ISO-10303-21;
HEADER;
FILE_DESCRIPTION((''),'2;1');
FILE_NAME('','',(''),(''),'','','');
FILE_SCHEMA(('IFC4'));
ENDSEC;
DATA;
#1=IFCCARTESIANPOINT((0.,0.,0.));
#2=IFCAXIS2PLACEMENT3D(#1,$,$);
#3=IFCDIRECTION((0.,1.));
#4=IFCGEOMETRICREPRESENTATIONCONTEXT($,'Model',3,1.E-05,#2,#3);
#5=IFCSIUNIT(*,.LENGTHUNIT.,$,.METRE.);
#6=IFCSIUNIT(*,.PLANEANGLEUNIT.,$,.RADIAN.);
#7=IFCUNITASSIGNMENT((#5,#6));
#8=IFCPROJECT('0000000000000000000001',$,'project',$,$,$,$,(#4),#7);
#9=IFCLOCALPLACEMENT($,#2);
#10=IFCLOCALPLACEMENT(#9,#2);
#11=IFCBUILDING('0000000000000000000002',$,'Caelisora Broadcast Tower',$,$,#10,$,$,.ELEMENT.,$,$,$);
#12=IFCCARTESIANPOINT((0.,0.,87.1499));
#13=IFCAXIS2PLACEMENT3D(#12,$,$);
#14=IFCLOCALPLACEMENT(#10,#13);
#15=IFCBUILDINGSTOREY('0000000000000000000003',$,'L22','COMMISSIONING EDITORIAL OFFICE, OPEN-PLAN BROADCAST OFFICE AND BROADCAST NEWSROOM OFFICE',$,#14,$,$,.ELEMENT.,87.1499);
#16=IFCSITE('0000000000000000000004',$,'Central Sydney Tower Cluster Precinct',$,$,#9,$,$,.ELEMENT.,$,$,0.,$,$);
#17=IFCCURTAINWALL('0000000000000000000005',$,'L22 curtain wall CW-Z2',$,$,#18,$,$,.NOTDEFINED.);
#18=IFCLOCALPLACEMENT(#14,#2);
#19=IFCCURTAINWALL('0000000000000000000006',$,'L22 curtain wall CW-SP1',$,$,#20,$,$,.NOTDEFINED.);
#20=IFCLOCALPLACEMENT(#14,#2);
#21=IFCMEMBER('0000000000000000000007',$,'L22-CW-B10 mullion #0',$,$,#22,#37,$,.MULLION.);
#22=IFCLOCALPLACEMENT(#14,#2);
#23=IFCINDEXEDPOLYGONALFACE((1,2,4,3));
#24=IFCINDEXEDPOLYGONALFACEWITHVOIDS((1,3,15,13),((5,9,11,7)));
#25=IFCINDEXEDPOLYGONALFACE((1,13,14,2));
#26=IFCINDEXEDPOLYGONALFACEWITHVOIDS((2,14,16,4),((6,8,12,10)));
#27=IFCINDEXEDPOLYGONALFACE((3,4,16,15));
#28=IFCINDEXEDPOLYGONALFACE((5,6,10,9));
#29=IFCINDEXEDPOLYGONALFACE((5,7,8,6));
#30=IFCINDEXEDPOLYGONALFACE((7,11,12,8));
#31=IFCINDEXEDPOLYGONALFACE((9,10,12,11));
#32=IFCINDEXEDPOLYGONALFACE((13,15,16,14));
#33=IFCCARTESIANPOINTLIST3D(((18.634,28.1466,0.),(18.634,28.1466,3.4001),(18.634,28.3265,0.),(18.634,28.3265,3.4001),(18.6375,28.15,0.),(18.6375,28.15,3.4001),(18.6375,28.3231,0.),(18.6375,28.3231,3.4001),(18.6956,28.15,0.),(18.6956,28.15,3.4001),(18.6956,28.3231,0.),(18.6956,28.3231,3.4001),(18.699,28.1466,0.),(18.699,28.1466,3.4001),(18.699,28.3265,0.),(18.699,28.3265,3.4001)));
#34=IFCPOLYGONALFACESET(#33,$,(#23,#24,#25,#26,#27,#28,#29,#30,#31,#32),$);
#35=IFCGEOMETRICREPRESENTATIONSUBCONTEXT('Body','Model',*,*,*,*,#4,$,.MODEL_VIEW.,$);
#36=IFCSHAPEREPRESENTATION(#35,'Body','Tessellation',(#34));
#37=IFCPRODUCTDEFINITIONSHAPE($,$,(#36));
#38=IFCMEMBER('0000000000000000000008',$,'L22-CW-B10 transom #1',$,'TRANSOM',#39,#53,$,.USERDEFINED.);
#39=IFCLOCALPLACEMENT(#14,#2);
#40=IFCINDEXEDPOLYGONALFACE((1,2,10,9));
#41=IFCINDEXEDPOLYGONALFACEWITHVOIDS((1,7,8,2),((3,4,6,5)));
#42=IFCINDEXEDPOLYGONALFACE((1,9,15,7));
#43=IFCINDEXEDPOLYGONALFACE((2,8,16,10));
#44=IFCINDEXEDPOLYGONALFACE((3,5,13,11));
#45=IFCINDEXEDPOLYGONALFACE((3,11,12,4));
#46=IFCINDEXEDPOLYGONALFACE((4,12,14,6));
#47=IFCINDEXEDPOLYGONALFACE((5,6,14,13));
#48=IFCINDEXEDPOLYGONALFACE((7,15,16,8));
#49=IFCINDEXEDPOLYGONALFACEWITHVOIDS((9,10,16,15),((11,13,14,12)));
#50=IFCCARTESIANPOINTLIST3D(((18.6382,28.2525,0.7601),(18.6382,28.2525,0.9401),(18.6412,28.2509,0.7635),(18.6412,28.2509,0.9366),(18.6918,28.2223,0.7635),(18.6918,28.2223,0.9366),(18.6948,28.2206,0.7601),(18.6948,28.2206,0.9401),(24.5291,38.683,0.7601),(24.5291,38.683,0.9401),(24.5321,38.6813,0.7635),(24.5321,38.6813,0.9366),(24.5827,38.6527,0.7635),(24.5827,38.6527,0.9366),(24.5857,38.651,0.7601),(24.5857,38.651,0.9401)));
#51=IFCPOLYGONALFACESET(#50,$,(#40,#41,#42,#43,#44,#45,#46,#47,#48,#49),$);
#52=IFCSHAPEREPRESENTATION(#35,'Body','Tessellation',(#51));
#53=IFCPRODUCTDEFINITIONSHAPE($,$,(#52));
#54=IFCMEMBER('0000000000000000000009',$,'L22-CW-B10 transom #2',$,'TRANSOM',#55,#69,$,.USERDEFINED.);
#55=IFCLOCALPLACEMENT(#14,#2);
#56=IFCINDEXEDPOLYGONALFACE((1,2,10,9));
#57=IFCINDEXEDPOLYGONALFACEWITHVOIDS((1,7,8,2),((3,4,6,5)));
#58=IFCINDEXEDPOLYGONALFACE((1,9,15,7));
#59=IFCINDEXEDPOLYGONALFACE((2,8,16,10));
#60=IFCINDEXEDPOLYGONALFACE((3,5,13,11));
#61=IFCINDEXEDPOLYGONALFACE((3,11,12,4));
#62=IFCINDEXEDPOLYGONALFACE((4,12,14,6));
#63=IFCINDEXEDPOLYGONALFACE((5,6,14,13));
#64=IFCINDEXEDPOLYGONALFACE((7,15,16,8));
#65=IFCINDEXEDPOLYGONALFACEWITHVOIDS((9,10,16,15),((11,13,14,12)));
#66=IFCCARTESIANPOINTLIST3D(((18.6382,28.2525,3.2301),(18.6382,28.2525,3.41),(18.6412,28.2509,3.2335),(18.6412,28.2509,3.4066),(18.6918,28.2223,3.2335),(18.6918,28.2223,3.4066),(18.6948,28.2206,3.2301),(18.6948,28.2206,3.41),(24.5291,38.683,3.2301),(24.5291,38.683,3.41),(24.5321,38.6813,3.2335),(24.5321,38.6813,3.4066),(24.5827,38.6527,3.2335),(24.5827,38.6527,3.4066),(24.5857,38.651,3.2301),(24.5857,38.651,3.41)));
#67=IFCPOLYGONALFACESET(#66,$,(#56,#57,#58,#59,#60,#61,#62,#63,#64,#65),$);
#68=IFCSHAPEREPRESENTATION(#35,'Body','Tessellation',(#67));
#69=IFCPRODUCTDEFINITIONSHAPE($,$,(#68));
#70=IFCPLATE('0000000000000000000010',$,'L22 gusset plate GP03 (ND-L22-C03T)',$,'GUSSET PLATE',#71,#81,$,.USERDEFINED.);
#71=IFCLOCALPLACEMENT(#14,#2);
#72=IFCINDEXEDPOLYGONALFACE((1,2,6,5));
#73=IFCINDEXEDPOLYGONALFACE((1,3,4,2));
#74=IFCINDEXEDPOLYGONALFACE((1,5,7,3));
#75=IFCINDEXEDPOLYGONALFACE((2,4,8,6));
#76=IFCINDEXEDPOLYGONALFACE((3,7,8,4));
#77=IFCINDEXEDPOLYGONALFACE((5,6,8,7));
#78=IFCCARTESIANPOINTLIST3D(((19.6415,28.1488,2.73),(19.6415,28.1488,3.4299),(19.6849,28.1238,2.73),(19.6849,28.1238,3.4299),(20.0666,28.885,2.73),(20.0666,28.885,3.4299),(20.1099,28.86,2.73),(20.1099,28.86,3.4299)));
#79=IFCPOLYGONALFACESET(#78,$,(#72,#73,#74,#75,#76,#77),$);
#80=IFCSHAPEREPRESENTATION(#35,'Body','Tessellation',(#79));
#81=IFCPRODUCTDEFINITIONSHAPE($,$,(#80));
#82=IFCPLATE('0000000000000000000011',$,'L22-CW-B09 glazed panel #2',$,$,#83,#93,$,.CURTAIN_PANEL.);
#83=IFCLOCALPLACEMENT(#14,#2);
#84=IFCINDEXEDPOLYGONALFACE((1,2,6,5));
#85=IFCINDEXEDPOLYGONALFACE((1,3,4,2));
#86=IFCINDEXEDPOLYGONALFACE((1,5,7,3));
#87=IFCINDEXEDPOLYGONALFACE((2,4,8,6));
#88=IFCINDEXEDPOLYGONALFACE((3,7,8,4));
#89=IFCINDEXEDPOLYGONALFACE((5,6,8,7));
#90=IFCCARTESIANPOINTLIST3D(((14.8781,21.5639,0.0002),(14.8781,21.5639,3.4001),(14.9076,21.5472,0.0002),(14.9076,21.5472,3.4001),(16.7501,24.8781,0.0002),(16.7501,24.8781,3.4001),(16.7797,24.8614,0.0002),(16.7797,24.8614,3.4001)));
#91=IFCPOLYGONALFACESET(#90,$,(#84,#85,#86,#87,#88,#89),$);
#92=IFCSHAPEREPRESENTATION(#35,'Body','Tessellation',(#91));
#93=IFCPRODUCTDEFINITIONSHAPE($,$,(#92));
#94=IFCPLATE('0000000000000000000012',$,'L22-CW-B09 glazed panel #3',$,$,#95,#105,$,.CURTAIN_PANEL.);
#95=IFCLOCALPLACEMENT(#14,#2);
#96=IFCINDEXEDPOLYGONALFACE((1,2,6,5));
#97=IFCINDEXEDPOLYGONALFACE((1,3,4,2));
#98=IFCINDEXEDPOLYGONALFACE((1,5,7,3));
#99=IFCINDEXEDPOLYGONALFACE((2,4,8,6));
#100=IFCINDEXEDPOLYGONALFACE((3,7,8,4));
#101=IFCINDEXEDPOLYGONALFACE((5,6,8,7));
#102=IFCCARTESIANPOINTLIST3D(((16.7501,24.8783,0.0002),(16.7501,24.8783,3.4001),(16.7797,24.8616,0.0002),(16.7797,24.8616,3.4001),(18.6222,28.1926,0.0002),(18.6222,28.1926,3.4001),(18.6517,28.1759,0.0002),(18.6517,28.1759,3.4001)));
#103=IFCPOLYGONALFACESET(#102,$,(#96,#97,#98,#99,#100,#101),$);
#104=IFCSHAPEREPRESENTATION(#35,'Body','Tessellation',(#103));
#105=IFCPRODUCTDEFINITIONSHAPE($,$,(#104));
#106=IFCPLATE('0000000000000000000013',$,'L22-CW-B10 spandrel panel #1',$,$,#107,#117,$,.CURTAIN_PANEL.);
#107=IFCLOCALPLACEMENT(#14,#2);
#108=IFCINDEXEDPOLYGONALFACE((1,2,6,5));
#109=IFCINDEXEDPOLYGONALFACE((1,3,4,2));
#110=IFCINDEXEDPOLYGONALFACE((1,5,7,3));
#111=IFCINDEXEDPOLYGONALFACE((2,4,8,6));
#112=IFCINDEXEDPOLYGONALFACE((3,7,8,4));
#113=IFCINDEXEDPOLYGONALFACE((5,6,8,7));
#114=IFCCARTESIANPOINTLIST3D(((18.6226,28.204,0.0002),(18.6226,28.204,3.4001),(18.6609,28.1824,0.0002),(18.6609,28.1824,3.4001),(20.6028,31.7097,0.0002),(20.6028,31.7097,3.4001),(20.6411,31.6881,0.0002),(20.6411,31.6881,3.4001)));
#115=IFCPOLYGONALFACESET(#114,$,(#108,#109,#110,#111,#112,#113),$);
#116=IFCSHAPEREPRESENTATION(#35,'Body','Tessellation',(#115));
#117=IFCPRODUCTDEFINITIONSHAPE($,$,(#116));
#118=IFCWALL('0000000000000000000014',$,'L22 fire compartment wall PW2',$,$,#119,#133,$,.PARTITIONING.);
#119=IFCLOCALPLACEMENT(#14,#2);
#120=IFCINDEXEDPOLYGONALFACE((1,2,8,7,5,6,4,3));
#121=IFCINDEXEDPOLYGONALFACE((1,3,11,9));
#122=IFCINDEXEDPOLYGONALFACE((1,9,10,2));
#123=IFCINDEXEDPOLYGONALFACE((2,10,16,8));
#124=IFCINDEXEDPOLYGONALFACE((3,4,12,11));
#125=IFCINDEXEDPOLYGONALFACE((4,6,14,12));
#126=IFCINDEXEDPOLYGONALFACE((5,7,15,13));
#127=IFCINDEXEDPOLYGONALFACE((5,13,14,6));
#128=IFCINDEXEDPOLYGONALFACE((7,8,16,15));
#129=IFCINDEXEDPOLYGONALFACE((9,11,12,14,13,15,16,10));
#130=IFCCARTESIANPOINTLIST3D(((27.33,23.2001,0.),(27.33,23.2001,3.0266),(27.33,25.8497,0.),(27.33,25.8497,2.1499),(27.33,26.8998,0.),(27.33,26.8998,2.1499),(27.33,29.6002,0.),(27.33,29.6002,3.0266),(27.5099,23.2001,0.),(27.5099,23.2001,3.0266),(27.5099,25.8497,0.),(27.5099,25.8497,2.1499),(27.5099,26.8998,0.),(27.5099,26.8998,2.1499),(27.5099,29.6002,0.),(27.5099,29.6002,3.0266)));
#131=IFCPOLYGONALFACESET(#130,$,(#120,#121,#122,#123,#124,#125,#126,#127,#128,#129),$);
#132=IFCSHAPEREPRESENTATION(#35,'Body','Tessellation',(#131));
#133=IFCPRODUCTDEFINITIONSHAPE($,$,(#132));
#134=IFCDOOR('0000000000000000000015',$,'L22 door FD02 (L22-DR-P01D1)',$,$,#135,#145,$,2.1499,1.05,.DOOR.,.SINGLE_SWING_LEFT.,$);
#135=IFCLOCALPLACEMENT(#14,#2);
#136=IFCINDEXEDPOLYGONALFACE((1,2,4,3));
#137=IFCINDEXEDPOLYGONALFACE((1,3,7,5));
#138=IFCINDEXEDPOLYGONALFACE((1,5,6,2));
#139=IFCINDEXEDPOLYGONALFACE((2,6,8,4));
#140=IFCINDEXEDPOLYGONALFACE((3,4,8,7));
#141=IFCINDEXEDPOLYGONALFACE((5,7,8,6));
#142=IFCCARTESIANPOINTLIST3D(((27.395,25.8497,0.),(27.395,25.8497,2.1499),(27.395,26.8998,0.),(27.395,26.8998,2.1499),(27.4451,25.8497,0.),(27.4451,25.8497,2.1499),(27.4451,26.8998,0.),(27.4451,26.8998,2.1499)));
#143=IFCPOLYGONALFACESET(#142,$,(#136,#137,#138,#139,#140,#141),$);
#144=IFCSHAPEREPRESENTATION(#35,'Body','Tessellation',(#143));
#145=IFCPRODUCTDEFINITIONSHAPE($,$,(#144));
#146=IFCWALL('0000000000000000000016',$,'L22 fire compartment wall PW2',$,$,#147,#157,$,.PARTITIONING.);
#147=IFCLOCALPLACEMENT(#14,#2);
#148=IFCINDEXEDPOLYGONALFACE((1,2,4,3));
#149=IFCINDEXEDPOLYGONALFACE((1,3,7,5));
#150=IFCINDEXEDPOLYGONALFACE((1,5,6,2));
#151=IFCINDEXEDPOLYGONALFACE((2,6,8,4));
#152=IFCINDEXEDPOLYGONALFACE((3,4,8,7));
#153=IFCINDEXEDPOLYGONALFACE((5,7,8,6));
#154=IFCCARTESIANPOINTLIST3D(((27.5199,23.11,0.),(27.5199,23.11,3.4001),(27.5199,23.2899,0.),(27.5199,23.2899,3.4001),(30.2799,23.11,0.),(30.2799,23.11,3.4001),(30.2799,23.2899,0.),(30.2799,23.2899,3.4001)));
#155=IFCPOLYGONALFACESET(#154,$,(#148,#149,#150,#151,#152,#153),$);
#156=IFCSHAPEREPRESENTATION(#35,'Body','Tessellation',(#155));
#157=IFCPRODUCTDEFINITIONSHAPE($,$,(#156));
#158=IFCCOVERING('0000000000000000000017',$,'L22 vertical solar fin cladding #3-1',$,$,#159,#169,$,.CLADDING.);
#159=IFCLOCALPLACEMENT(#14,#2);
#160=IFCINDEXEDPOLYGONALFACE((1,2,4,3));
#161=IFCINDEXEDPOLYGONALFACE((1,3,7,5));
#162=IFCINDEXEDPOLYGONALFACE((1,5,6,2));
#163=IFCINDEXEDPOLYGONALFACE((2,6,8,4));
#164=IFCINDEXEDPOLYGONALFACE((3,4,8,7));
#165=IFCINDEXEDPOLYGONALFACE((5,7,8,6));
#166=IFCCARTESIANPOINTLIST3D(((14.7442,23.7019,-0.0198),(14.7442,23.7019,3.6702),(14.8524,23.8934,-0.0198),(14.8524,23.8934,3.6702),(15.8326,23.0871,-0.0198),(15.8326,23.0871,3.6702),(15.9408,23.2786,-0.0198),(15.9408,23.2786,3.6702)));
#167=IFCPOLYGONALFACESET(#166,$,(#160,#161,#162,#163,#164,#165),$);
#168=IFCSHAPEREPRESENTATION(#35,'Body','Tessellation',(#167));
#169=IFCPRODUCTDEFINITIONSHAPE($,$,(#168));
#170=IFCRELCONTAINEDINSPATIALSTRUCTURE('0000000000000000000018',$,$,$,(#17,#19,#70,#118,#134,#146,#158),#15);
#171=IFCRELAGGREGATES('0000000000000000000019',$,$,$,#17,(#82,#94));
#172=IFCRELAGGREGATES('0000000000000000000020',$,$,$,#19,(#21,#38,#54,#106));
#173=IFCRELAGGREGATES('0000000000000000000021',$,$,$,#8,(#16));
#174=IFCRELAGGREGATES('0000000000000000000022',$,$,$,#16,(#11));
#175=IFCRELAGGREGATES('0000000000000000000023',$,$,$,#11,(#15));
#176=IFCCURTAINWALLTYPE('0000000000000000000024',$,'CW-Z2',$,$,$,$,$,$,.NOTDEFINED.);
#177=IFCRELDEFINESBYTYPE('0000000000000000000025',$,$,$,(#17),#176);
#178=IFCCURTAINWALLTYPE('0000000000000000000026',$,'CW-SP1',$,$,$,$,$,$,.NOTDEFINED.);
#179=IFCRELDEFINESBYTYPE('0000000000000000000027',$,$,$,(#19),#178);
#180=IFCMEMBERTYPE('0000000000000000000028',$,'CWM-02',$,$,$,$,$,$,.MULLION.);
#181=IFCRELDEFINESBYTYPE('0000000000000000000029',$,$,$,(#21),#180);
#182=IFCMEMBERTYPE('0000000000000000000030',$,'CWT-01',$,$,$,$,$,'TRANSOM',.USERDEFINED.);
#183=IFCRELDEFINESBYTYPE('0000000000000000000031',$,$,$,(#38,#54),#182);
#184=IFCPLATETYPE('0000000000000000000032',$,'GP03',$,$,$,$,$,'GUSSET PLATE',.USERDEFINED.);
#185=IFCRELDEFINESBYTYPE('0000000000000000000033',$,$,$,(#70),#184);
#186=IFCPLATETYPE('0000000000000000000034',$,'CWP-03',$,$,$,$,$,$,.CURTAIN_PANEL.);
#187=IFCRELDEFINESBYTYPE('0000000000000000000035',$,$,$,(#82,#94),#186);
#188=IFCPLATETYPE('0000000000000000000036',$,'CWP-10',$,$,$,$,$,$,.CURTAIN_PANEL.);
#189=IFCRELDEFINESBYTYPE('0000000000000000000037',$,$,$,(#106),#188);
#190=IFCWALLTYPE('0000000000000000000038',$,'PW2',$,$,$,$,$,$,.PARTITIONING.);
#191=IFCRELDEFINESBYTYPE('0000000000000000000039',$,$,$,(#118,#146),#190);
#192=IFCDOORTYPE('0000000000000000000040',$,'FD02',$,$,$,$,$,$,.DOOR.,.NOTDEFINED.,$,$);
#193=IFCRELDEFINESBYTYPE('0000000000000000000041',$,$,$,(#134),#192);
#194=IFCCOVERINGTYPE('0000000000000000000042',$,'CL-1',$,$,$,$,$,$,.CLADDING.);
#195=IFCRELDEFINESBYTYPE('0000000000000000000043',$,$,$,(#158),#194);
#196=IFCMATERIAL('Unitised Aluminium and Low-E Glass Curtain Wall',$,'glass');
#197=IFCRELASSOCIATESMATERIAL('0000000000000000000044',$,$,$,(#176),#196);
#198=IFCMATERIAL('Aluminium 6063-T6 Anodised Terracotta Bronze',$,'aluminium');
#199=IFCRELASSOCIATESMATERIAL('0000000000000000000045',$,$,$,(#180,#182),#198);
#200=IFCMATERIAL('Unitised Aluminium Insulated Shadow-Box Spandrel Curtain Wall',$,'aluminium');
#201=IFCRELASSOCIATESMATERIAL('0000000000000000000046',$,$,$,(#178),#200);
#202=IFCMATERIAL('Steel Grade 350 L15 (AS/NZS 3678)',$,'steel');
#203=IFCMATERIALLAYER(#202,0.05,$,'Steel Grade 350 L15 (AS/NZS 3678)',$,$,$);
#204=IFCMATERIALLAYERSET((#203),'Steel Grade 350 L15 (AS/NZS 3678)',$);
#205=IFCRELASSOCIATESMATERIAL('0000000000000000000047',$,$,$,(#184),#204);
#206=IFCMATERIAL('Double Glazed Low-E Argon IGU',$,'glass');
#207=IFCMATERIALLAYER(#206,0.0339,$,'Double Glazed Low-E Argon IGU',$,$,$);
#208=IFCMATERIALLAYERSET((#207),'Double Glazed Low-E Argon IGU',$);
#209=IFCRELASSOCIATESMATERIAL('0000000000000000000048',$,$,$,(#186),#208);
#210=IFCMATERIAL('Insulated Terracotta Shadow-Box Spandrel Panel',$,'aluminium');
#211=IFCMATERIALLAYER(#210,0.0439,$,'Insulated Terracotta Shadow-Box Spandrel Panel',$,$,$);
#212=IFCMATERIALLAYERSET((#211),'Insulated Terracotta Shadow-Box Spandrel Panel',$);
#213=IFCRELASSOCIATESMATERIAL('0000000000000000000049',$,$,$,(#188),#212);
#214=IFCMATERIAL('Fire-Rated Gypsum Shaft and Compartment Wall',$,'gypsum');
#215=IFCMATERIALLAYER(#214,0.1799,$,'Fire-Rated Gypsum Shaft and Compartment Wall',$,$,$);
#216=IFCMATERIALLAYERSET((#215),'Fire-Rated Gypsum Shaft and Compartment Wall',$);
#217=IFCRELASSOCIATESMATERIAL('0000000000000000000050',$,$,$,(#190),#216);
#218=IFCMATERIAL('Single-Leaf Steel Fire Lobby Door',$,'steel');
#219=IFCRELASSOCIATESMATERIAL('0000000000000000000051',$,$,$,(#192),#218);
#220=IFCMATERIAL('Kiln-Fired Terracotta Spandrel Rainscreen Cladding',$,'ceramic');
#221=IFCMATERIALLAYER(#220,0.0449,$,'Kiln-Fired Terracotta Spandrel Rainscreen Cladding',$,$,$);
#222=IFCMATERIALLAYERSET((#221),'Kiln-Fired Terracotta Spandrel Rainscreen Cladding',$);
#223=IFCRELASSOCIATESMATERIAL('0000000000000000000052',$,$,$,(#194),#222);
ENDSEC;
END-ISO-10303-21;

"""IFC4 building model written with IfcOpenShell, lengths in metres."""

from ifc_helpers import new_model, si_unit, direction, frame, frame_2d, origin, origin_2d, place, context, subcontext, project, spatial, rectangle, hollow_rectangle, extrude, source, transform, mapped, material, layer, layer_set, material_profile, profile_set, type_object, type_shapes, element, fill, aggregate, save


model = new_model("IFC4")

# Units and contexts
model_context = context("Model", 3, precision=1e-05, world=origin(), true_north=direction((0.0, 1.0)))
body_context = subcontext(model_context, "Body", "Model", "MODEL_VIEW")
ifc_project = project(units=[si_unit("LENGTHUNIT", "METRE"), si_unit("PLANEANGLEUNIT", "RADIAN")], contexts=[model_context])

# Site, building, storey
site_placement = place(None, origin())
site = spatial("IfcSite", under=ifc_project, at=site_placement, Name="Central Sydney Tower Cluster Precinct", CompositionType="ELEMENT", RefElevation=0.0)
building_placement = place(site_placement, origin())
building = spatial("IfcBuilding", under=site, at=building_placement, Name="Caelisora Broadcast Tower", CompositionType="ELEMENT")
storey_placement = place(building_placement, frame((0.0, 0.0, 87.1499)))
storey = spatial("IfcBuildingStorey", under=building, at=storey_placement, Name="L22", Description="COMMISSIONING EDITORIAL OFFICE, OPEN-PLAN BROADCAST OFFICE AND BROADCAST NEWSROOM OFFICE", CompositionType="ELEMENT", Elevation=87.1499)

# Shared definitions
ifc_material_1 = material(Name="Steel Grade 350 L15 (AS/NZS 3678)", Category="steel")

# Curtain walls, members
ifc_material_2 = material(Name="Unitised Aluminium and Low-E Glass Curtain Wall", Category="glass")
curtain_wall_type_1 = type_object("IfcCurtainWallType", Name="CW-Z2", PredefinedType="NOTDEFINED", material=ifc_material_2)
curtain_wall_1_placement = place(storey_placement, origin())
curtain_wall_1 = element("IfcCurtainWall", 1, at=curtain_wall_1_placement, inside=storey, type_object=curtain_wall_type_1, Name="L22 curtain wall CW-Z2", PredefinedType="NOTDEFINED")
ifc_material_3 = material(Name="Aluminium 6063-T6 Anodised Terracotta Bronze", Category="aluminium")
ifc_material_profile_1 = material_profile(ifc_material_3, hollow_rectangle(XDim=0.0649, YDim=0.1799, WallThickness=0.0034, at=origin_2d()), Name="Aluminium 6063-T6 Anodised Terracotta Bronze")
ifc_profile_set_1 = profile_set([ifc_material_profile_1], Name="Aluminium 6063-T6 Anodised Terracotta Bronze")
member_type_1 = type_object("IfcMemberType", Name="CWM-02", PredefinedType="MULLION", material=ifc_profile_set_1)
shared_shape_1 = source(origin(), body_context, "Body", "SweptSolid", [
    extrude(hollow_rectangle(XDim=0.0649, YDim=0.1799, WallThickness=0.0034, at=origin_2d()), origin(), (0.0, 0.0, 1.0), 3.4001),
])
type_shapes(member_type_1, [shared_shape_1])
ifc_material_4 = material(Name="Unitised Aluminium Insulated Shadow-Box Spandrel Curtain Wall", Category="aluminium")
curtain_wall_type_2 = type_object("IfcCurtainWallType", Name="CW-SP1", PredefinedType="NOTDEFINED", material=ifc_material_4)
curtain_wall_2_placement = place(storey_placement, origin())
curtain_wall_2 = element("IfcCurtainWall", 2, at=curtain_wall_2_placement, inside=storey, type_object=curtain_wall_type_2, Name="L22 curtain wall CW-SP1", PredefinedType="NOTDEFINED")
member_1_placement = place(storey_placement, frame((18.6665, 28.2366, 0.0), z_axis=(0.0, 0.0, 1.0), x_axis=(1.0, 0.0, 0.0)))
member_1 = element("IfcMember", 3, at=member_1_placement, type_object=member_type_1, Name="L22-CW-B10 mullion #0", PredefinedType="MULLION", context=body_context, shape_type="MappedRepresentation", body=[
    mapped(shared_shape_1, transform((0.0, 0.0, 0.0), scale=1.0)),
])
ifc_material_profile_2 = material_profile(ifc_material_3, hollow_rectangle(XDim=0.0649, YDim=0.1799, WallThickness=0.0034, at=origin_2d()), Name="Aluminium 6063-T6 Anodised Terracotta Bronze")
ifc_profile_set_2 = profile_set([ifc_material_profile_2], Name="Aluminium 6063-T6 Anodised Terracotta Bronze")
member_type_2 = type_object("IfcMemberType", Name="CWT-01", ElementType="TRANSOM", PredefinedType="USERDEFINED", material=ifc_profile_set_2)
shared_shape_2 = source(origin(), body_context, "Body", "SweptSolid", [
    extrude(hollow_rectangle(XDim=0.0649, YDim=0.1799, WallThickness=0.0034, at=origin_2d()), origin(), (0.0, 0.0, 1.0), 11.979),
])
type_shapes(member_type_2, [shared_shape_2])
member_2_placement = place(storey_placement, frame((18.6665, 28.2366, 0.8501), z_axis=(0.491767, 0.870727, 0.0), x_axis=(-0.870727, 0.491767, 0.0)))
member_2 = element("IfcMember", 4, at=member_2_placement, type_object=member_type_2, Name="L22-CW-B10 transom #1", ObjectType="TRANSOM", PredefinedType="USERDEFINED", context=body_context, shape_type="MappedRepresentation", body=[
    mapped(shared_shape_2, transform((0.0, 0.0, 0.0), scale=1.0)),
])
member_3_placement = place(storey_placement, frame((18.6665, 28.2366, 3.3201), z_axis=(0.491767, 0.870727, 0.0), x_axis=(-0.870727, 0.491767, 0.0)))
member_3 = element("IfcMember", 5, at=member_3_placement, type_object=member_type_2, Name="L22-CW-B10 transom #2", ObjectType="TRANSOM", PredefinedType="USERDEFINED", context=body_context, shape_type="MappedRepresentation", body=[
    mapped(shared_shape_2, transform((0.0, 0.0, 0.0), scale=1.0)),
])

# Plates
ifc_layer_1 = layer(ifc_material_1, 0.05, Name="Steel Grade 350 L15 (AS/NZS 3678)")
ifc_layer_set_1 = layer_set([ifc_layer_1], Name="Steel Grade 350 L15 (AS/NZS 3678)")
plate_type_1 = type_object("IfcPlateType", Name="GP03", ElementType="GUSSET PLATE", PredefinedType="USERDEFINED", material=ifc_layer_set_1)
shared_shape_3 = source(origin(), body_context, "Body", "SweptSolid", [
    extrude(rectangle(XDim=0.8501, YDim=0.05, at=origin_2d()), origin(), (0.0, 0.0, 1.0), 0.7),
])
type_shapes(plate_type_1, [shared_shape_3])
plate_1_placement = place(storey_placement, frame((19.8757, 28.5044, 2.73), z_axis=(0.0, 0.0, 1.0), x_axis=(-0.5, -0.866025, 0.0)))
element("IfcPlate", 6, at=plate_1_placement, inside=storey, type_object=plate_type_1, Name="L22 gusset plate GP03 (ND-L22-C03T)", ObjectType="GUSSET PLATE", PredefinedType="USERDEFINED", context=body_context, shape_type="MappedRepresentation", body=[
    mapped(shared_shape_3, transform((0.0, 0.0, 0.0), scale=1.0)),
])
ifc_material_5 = material(Name="Double Glazed Low-E Argon IGU", Category="glass")
ifc_layer_2 = layer(ifc_material_5, 0.0339, Name="Double Glazed Low-E Argon IGU")
ifc_layer_set_2 = layer_set([ifc_layer_2], Name="Double Glazed Low-E Argon IGU")
plate_type_2 = type_object("IfcPlateType", Name="CWP-03", PredefinedType="CURTAIN_PANEL", material=ifc_layer_set_2)
shared_shape_4 = source(origin(), body_context, "Body", "SweptSolid", [
    extrude(rectangle(XDim=3.8064, YDim=0.0339, at=origin_2d()), origin(), (0.0, 0.0, 1.0), 3.3999),
])
type_shapes(plate_type_2, [shared_shape_4])
plate_2_placement = place(storey_placement, frame((15.8289, 23.2126, 0.0002), z_axis=(0.0, 0.0, 1.0), x_axis=(0.491816, 0.870699, 0.0)))
plate_2 = element("IfcPlate", 7, at=plate_2_placement, type_object=plate_type_2, Name="L22-CW-B09 glazed panel #2", PredefinedType="CURTAIN_PANEL", context=body_context, shape_type="MappedRepresentation", body=[
    mapped(shared_shape_4, transform((0.0, 0.0, 0.0), scale=1.0)),
])
plate_3_placement = place(storey_placement, frame((17.7009, 26.5271, 0.0002), z_axis=(0.0, 0.0, 1.0), x_axis=(0.491816, 0.870699, 0.0)))
plate_3 = element("IfcPlate", 8, at=plate_3_placement, type_object=plate_type_2, Name="L22-CW-B09 glazed panel #3", PredefinedType="CURTAIN_PANEL", context=body_context, shape_type="MappedRepresentation", body=[
    mapped(shared_shape_4, transform((0.0, 0.0, 0.0), scale=1.0)),
])
aggregate(curtain_wall_1, [plate_2, plate_3])
ifc_material_6 = material(Name="Insulated Terracotta Shadow-Box Spandrel Panel", Category="aluminium")
ifc_layer_3 = layer(ifc_material_6, 0.0439, Name="Insulated Terracotta Shadow-Box Spandrel Panel")
ifc_layer_set_3 = layer_set([ifc_layer_3], Name="Insulated Terracotta Shadow-Box Spandrel Panel")
plate_type_3 = type_object("IfcPlateType", Name="CWP-10", PredefinedType="CURTAIN_PANEL", material=ifc_layer_set_3)
shared_shape_5 = source(origin(), body_context, "Body", "SweptSolid", [
    extrude(rectangle(XDim=4.0264, YDim=0.0439, at=origin_2d()), origin(), (0.0, 0.0, 1.0), 3.3999),
])
type_shapes(plate_type_3, [shared_shape_5])
plate_4_placement = place(storey_placement, frame((19.6318, 29.946, 0.0002), z_axis=(0.0, 0.0, 1.0), x_axis=(0.491816, 0.870699, 0.0)))
plate_4 = element("IfcPlate", 9, at=plate_4_placement, type_object=plate_type_3, Name="L22-CW-B10 spandrel panel #1", PredefinedType="CURTAIN_PANEL", context=body_context, shape_type="MappedRepresentation", body=[
    mapped(shared_shape_5, transform((0.0, 0.0, 0.0), scale=1.0)),
])
aggregate(curtain_wall_2, [member_1, member_2, member_3, plate_4])

# Wall, opening, door
ifc_material_7 = material(Name="Fire-Rated Gypsum Shaft and Compartment Wall", Category="gypsum")
ifc_layer_4 = layer(ifc_material_7, 0.1799, Name="Fire-Rated Gypsum Shaft and Compartment Wall")
ifc_layer_set_4 = layer_set([ifc_layer_4], Name="Fire-Rated Gypsum Shaft and Compartment Wall")
wall_type = type_object("IfcWallType", Name="PW2", PredefinedType="PARTITIONING", material=ifc_layer_set_4)
wall_1_placement = place(storey_placement, frame((27.4199, 23.2, 0.0), z_axis=(0.0, 0.0, 1.0), x_axis=(0.0, 1.0, 0.0)))
wall_1 = element("IfcWall", 10, at=wall_1_placement, inside=storey, type_object=wall_type, Name="L22 fire compartment wall PW2", PredefinedType="PARTITIONING", context=body_context, shape_type="SweptSolid", body=[
    extrude(rectangle(XDim=6.4001, YDim=0.1799, at=frame_2d((3.2002, 0.0))), origin(), (0.0, 0.0, 1.0), 3.0266),
])
opening_placement = place(wall_1_placement, frame((2.6499, 0.0, 0.0)))
opening = element("IfcOpeningElement", 11, at=opening_placement, cuts=wall_1, PredefinedType="OPENING", context=body_context, shape_type="SweptSolid", body=[
    extrude(rectangle(XDim=1.05, YDim=2.1499, at=frame_2d((0.5249, 1.075))), frame((0.0, 0.1021, 0.0), z_axis=(0.0, -1.0, 0.0), x_axis=(1.0, 0.0, 0.0)), (0.0, 0.0, 1.0), 0.2039),
])
ifc_material_8 = material(Name="Single-Leaf Steel Fire Lobby Door", Category="steel")
door_type = type_object("IfcDoorType", Name="FD02", OperationType="NOTDEFINED", PredefinedType="DOOR", material=ifc_material_8)
door_placement = place(opening_placement, origin())
door = element("IfcDoor", 12, at=door_placement, inside=storey, type_object=door_type, Name="L22 door FD02 (L22-DR-P01D1)", OperationType="SINGLE_SWING_LEFT", OverallHeight=2.1499, OverallWidth=1.05, PredefinedType="DOOR", context=body_context, shape_type="SweptSolid", body=[
    extrude(rectangle(XDim=1.05, YDim=2.1499, at=frame_2d((0.5249, 1.075))), frame((0.0, 0.0249, 0.0), z_axis=(0.0, -1.0, 0.0), x_axis=(1.0, 0.0, 0.0)), (0.0, 0.0, 1.0), 0.05),
])
fill(opening, door)

# Wall
wall_2_placement = place(storey_placement, frame((27.52, 23.2, 0.0), z_axis=(0.0, 0.0, 1.0), x_axis=(1.0, 0.0, 0.0)))
element("IfcWall", 13, at=wall_2_placement, inside=storey, type_object=wall_type, Name="L22 fire compartment wall PW2", PredefinedType="PARTITIONING", context=body_context, shape_type="SweptSolid", body=[
    extrude(rectangle(XDim=2.76, YDim=0.1799, at=frame_2d((1.3799, 0.0))), origin(), (0.0, 0.0, 1.0), 3.4001),
])

# Covering
ifc_material_9 = material(Name="Kiln-Fired Terracotta Spandrel Rainscreen Cladding", Category="ceramic")
ifc_layer_5 = layer(ifc_material_9, 0.0449, Name="Kiln-Fired Terracotta Spandrel Rainscreen Cladding")
ifc_layer_set_5 = layer_set([ifc_layer_5], Name="Kiln-Fired Terracotta Spandrel Rainscreen Cladding")
covering_type = type_object("IfcCoveringType", Name="CL-1", PredefinedType="CLADDING", material=ifc_layer_set_5)
shared_shape_6 = source(origin(), body_context, "Body", "SweptSolid", [
    extrude(rectangle(XDim=0.22, YDim=1.25, at=origin_2d()), origin(), (0.0, 0.0, 1.0), 3.6899),
])
type_shapes(covering_type, [shared_shape_6])
for number, where, z_axis, x_axis, name in (
    (14, (15.3425, 23.4902, -0.0198), (0.0, 0.0, 1.0), (0.491816, 0.870699, 0.0), "L22 vertical solar fin cladding #3-1"),
):
    element("IfcCovering", number, at=place(storey_placement, frame(where, z_axis=z_axis, x_axis=x_axis)), inside=storey, type_object=covering_type, Name=name, PredefinedType="CLADDING", context=body_context, shape_type="MappedRepresentation", body=[
        mapped(shared_shape_6, transform((0.0, 0.0, 0.0), scale=1.0)),
    ])

save(model, "model.ifc")
